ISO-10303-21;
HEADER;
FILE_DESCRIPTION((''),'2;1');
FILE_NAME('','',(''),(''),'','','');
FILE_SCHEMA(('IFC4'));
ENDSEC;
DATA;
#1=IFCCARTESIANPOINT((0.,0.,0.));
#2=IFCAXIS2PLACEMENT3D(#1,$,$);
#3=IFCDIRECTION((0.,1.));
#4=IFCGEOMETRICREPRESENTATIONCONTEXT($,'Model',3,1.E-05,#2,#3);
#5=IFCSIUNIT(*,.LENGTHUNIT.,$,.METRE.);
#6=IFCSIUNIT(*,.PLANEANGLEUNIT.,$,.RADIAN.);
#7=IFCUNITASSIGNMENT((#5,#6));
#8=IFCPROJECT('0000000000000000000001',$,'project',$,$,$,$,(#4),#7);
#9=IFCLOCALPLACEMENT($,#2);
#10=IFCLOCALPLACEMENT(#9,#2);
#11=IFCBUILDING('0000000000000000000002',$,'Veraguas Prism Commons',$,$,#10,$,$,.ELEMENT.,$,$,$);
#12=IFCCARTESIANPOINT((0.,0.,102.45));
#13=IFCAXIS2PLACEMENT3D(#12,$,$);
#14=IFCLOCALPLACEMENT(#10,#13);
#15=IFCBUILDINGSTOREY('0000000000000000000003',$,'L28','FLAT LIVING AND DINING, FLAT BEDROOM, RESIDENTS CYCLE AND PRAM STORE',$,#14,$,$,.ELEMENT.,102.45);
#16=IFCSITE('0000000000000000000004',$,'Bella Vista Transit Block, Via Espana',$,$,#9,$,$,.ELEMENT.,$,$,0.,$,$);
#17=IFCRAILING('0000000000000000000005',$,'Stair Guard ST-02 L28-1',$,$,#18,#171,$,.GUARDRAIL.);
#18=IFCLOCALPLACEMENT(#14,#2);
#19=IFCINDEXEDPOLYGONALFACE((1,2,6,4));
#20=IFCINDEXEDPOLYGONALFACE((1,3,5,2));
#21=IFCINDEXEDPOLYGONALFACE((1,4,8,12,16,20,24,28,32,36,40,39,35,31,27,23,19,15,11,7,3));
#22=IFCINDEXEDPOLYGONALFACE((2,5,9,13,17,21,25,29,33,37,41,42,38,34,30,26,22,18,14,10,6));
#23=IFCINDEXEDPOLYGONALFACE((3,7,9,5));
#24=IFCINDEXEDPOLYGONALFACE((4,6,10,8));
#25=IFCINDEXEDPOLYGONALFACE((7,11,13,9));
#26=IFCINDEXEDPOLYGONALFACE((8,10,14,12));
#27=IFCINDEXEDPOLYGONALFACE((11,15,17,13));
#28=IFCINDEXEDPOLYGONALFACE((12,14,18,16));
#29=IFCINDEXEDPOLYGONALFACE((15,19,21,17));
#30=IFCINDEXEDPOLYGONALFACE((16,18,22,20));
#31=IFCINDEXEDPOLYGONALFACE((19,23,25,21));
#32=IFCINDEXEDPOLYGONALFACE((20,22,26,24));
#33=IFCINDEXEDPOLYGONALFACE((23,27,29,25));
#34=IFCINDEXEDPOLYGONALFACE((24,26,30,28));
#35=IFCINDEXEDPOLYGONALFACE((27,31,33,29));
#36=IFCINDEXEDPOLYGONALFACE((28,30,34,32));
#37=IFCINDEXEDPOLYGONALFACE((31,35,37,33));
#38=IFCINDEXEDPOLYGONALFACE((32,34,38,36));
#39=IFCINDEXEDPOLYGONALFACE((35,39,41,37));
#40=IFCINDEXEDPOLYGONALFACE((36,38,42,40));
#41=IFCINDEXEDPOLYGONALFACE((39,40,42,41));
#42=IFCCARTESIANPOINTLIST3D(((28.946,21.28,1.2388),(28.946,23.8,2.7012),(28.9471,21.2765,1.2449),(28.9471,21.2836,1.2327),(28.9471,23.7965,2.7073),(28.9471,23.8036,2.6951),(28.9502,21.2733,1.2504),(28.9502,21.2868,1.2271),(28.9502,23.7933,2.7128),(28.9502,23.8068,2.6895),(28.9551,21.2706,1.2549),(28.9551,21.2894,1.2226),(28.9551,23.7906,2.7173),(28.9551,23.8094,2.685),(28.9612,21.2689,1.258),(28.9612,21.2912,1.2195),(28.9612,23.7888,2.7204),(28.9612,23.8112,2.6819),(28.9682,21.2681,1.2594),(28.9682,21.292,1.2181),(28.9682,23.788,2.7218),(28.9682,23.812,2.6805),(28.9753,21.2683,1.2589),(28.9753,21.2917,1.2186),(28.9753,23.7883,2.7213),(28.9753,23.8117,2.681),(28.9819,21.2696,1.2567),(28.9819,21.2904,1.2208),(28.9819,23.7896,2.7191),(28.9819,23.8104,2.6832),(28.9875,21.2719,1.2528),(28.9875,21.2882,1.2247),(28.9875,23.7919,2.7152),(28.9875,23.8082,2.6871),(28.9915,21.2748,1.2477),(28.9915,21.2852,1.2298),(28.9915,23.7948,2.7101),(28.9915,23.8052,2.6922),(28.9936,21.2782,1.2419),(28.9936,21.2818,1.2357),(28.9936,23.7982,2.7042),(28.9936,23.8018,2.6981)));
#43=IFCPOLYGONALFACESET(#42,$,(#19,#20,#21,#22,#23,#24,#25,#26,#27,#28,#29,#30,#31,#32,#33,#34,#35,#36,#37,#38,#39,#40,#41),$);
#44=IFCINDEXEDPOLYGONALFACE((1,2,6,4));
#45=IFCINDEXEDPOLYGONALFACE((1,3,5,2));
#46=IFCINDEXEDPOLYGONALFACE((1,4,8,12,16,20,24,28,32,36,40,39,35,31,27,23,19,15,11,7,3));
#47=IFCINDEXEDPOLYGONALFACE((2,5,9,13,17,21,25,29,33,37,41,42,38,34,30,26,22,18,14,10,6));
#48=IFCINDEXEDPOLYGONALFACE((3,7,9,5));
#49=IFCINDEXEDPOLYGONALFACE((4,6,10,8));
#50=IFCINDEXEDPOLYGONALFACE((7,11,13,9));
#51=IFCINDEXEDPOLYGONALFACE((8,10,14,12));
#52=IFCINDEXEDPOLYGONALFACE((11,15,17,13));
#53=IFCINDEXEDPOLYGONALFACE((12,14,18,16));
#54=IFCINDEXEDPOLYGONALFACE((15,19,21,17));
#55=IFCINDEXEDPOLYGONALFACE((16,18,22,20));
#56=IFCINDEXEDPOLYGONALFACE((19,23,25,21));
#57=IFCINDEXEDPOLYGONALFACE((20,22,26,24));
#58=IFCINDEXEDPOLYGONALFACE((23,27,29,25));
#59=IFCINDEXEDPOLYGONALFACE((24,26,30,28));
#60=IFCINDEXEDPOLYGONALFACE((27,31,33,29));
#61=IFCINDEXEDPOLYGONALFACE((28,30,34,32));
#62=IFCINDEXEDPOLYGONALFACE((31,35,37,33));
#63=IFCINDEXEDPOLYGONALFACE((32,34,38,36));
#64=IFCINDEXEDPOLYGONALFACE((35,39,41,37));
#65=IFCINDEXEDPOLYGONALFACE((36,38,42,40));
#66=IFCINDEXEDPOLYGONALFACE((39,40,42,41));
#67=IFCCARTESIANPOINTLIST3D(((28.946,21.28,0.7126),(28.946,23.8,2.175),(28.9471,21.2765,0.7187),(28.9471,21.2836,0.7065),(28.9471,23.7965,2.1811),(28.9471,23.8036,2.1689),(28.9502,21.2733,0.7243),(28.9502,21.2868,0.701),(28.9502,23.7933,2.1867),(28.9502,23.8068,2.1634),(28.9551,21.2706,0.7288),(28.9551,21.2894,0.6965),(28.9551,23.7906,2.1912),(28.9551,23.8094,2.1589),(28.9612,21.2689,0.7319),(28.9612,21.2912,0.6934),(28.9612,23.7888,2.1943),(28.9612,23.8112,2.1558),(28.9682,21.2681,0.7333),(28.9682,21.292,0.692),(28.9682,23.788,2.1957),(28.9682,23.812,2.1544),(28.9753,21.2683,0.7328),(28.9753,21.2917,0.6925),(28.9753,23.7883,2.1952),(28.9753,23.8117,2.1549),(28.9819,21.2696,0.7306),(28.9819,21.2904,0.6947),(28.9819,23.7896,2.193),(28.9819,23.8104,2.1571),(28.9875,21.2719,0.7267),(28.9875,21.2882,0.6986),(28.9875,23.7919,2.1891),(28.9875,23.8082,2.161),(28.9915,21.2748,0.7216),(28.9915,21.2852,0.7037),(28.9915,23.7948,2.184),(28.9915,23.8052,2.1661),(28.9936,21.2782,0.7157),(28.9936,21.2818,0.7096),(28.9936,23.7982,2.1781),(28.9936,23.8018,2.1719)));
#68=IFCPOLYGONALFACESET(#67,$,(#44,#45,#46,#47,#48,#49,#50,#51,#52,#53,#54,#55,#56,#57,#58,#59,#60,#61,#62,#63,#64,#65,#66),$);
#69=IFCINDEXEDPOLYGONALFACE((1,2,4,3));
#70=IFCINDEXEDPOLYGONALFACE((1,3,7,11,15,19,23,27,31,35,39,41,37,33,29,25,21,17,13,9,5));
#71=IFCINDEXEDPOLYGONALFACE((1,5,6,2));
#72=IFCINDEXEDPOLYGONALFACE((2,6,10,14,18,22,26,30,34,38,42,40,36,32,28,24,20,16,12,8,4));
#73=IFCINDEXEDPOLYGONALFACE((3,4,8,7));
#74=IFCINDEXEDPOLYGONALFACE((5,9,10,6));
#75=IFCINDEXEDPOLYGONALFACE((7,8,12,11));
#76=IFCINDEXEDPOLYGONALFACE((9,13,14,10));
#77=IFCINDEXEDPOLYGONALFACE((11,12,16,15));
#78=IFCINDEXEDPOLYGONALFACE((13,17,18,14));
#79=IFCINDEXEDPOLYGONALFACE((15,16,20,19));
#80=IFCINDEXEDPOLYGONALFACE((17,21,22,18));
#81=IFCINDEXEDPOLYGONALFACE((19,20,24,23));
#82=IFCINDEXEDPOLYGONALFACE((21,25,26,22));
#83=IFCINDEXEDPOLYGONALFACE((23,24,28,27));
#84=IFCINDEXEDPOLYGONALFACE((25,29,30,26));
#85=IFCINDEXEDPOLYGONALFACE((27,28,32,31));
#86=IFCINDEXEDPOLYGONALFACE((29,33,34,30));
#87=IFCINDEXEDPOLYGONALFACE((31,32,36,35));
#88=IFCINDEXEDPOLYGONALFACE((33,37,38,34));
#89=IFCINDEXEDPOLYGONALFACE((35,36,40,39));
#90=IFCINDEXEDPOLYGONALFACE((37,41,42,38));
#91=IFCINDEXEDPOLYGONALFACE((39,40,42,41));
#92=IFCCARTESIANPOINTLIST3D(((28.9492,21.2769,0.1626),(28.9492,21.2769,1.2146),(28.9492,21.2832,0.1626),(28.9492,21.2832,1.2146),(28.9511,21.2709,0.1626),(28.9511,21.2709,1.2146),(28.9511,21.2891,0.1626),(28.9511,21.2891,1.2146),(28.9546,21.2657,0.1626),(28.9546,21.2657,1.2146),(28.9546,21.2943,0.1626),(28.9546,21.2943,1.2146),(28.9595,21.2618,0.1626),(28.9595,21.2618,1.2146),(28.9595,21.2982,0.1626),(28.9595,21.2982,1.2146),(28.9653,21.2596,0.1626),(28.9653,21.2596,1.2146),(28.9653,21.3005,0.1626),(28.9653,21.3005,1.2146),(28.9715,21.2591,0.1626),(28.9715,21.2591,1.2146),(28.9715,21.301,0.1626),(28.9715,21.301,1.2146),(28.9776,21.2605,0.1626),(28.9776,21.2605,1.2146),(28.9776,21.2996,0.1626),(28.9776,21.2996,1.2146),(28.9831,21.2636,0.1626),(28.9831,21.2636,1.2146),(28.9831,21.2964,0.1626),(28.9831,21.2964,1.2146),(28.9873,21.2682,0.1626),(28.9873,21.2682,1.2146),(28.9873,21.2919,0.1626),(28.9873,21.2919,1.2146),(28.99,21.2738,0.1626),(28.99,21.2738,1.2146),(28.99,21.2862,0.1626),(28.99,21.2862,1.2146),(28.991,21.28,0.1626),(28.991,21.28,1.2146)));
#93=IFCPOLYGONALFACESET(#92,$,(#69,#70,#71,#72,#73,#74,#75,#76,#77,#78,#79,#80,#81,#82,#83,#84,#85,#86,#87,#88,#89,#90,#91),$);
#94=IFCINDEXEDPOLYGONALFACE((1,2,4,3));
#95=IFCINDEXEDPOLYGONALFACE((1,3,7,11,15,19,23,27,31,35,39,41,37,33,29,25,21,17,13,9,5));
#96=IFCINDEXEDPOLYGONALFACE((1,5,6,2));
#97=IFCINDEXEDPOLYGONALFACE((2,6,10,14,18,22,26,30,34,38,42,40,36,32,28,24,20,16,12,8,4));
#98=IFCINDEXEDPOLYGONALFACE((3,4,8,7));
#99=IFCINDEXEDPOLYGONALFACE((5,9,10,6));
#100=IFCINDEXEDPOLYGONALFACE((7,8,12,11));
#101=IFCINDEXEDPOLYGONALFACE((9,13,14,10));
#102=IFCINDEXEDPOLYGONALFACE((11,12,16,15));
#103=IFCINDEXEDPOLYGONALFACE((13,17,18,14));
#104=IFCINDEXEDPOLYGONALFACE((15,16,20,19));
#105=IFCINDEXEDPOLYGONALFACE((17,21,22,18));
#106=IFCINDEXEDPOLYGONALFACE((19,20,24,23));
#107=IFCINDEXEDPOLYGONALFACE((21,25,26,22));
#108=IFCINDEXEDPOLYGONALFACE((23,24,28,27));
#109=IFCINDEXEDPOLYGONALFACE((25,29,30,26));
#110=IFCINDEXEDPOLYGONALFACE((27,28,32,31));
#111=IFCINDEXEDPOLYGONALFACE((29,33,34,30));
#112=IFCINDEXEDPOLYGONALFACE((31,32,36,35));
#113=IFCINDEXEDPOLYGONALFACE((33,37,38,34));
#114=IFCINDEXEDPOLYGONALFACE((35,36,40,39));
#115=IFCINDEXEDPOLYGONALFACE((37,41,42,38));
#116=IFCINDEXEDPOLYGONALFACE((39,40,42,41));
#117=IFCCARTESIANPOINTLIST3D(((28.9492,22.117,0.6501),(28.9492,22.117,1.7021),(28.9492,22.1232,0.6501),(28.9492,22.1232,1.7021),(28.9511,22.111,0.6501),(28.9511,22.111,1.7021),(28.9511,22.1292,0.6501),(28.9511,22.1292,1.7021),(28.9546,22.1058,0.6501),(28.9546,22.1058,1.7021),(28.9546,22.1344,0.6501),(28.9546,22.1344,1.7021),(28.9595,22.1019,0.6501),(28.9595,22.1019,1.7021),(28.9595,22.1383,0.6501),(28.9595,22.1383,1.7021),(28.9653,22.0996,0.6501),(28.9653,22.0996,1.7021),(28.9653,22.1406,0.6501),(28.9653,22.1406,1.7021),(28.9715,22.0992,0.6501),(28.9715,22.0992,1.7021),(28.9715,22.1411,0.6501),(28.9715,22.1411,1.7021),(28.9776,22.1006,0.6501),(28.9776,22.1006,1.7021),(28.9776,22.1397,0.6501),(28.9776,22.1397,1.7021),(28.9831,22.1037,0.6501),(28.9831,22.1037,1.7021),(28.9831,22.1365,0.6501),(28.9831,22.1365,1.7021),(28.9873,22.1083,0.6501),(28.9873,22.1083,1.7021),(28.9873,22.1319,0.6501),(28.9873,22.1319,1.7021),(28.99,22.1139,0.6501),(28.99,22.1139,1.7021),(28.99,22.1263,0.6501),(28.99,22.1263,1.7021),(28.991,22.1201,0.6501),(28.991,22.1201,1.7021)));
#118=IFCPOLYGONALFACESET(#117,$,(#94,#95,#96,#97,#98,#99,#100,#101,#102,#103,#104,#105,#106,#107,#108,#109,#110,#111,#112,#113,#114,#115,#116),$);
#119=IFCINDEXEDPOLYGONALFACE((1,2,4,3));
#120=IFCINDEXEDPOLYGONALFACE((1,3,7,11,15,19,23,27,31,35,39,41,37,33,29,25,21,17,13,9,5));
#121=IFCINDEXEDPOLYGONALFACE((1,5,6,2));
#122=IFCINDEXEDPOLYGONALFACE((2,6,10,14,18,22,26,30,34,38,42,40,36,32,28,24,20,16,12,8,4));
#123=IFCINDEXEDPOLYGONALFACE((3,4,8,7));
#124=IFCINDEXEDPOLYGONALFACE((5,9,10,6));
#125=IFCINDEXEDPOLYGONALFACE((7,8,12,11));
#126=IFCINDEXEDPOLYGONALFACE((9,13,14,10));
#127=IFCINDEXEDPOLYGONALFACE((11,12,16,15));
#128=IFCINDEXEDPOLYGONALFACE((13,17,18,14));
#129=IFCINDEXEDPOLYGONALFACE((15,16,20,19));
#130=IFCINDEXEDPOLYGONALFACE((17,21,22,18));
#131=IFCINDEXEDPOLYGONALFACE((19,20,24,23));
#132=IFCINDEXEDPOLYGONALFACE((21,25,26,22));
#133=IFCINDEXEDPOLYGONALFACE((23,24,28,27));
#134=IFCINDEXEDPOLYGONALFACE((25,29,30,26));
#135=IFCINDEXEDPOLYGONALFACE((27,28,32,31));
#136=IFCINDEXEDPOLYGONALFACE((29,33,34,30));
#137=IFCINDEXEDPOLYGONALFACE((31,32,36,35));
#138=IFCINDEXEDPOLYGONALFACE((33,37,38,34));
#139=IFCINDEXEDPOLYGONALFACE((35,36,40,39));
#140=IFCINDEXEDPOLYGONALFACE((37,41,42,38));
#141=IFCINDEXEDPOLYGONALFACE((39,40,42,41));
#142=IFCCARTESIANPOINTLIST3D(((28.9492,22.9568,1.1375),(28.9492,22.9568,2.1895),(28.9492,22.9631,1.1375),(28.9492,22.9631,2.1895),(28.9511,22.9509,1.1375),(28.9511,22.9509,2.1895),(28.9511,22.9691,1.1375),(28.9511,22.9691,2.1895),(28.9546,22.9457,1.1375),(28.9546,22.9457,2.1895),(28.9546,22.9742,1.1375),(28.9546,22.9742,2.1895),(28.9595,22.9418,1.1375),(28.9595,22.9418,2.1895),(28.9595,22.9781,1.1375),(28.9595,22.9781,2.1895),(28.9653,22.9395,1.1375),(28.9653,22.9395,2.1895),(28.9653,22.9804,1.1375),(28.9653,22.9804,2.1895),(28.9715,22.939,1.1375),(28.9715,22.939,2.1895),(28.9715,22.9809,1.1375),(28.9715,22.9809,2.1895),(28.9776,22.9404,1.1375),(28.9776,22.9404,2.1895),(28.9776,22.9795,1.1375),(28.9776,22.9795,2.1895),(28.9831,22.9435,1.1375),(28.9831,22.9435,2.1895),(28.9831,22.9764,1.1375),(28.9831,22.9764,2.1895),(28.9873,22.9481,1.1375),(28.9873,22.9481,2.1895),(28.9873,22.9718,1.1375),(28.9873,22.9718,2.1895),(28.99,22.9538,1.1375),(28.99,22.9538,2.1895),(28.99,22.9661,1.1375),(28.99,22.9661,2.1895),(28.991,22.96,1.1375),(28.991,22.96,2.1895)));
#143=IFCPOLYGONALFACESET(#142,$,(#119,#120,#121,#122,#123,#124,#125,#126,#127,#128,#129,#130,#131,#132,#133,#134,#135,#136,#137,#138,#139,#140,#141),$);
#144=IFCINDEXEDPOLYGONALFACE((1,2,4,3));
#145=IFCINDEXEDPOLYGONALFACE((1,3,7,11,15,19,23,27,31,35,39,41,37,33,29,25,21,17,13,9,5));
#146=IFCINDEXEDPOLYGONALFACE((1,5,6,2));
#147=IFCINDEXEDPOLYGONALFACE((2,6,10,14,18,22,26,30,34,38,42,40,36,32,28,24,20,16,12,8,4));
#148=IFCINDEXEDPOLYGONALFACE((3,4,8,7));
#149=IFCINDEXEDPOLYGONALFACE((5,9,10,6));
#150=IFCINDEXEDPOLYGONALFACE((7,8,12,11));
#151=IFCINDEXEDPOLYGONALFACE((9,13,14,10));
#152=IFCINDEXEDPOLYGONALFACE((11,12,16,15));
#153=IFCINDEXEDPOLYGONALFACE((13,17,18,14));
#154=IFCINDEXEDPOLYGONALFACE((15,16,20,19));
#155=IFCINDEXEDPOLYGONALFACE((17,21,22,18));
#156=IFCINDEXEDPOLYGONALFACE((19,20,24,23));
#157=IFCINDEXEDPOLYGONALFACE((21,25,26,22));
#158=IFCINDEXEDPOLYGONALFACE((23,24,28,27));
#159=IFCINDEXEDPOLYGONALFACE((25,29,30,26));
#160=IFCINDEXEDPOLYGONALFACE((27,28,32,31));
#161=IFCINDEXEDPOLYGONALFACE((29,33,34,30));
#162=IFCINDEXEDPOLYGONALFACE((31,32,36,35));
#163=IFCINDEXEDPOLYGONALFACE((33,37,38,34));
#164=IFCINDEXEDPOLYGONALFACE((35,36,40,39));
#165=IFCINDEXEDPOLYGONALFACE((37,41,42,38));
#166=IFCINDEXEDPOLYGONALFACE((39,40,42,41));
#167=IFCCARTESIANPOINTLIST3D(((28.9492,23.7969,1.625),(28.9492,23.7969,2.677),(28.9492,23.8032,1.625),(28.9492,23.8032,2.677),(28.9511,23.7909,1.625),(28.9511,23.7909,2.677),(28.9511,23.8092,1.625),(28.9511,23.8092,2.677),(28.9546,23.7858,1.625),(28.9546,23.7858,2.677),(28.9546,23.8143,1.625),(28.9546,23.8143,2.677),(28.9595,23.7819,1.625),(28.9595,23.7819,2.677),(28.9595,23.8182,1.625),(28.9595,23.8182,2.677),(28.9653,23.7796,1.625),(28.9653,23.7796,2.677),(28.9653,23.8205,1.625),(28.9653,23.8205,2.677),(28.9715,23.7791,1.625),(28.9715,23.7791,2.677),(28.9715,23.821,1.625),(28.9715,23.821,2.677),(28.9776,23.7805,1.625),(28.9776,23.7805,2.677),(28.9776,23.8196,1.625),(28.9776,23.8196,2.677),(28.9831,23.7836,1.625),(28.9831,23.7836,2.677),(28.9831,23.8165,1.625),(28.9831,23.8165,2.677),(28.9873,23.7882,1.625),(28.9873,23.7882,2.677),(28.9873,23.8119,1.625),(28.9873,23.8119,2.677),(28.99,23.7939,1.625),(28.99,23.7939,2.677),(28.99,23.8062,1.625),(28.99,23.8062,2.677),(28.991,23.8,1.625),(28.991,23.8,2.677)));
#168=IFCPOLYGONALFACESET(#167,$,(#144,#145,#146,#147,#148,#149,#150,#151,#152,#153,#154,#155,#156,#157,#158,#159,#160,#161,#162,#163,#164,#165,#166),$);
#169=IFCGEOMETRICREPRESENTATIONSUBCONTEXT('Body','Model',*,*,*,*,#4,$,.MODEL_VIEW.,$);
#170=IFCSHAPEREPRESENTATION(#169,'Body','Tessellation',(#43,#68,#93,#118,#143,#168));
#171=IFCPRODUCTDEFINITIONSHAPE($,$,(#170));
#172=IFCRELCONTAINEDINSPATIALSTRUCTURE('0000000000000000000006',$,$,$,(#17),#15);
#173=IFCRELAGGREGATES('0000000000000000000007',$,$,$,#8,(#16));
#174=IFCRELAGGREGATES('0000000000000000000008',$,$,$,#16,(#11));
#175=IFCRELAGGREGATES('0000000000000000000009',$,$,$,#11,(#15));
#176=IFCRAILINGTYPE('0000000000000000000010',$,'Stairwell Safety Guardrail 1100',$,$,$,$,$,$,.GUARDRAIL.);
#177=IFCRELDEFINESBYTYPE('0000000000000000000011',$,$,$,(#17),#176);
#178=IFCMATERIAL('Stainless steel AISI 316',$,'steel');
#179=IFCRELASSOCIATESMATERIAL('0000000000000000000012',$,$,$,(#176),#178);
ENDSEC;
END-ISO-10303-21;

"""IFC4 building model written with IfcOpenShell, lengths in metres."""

from ifc_helpers import new_model, si_unit, direction, frame, origin, origin_2d, place, context, subcontext, project, spatial, circle, extrude, material, type_object, element, save


model = new_model("IFC4")

# Units and contexts
model_context = context("Model", 3, precision=1e-05, world=origin(), true_north=direction((0.0, 1.0)))
body_context = subcontext(model_context, "Body", "Model", "MODEL_VIEW")
ifc_project = project(units=[si_unit("LENGTHUNIT", "METRE"), si_unit("PLANEANGLEUNIT", "RADIAN")], contexts=[model_context])

# Site, building, storey
site_placement = place(None, origin())
site = spatial("IfcSite", under=ifc_project, at=site_placement, Name="Bella Vista Transit Block, Via Espana", CompositionType="ELEMENT", RefElevation=0.0)
building_placement = place(site_placement, origin())
building = spatial("IfcBuilding", under=site, at=building_placement, Name="Veraguas Prism Commons", CompositionType="ELEMENT")
storey_placement = place(building_placement, frame((0.0, 0.0, 102.45)))
storey = spatial("IfcBuildingStorey", under=building, at=storey_placement, Name="L28", Description="FLAT LIVING AND DINING, FLAT BEDROOM, RESIDENTS CYCLE AND PRAM STORE", CompositionType="ELEMENT", Elevation=102.45)

# Shared definitions
ifc_material_1 = material(Name="Stainless steel AISI 316", Category="steel")

# Railing
railing_type_1 = type_object("IfcRailingType", Name="Stairwell Safety Guardrail 1100", PredefinedType="GUARDRAIL", material=ifc_material_1)
railing_1_placement = place(storey_placement, frame((28.97, 21.28, 0.1626)))
element("IfcRailing", 1, at=railing_1_placement, inside=storey, type_object=railing_type_1, Name="Stair Guard ST-02 L28-1", PredefinedType="GUARDRAIL", context=body_context, shape_type="SweptSolid", body=[
    extrude(circle(Radius=0.0239, at=origin_2d()), frame((0.0, 0.0, 1.0762), z_axis=(0.0, 0.864913, 0.501921), x_axis=(-1.0, 0.0, 0.0)), (0.0, 0.0, 1.0), 2.9136),
    extrude(circle(Radius=0.0239, at=origin_2d()), frame((0.0, 0.0, 0.55), z_axis=(0.0, 0.864913, 0.501921), x_axis=(-1.0, 0.0, 0.0)), (0.0, 0.0, 1.0), 2.9136),
    extrude(circle(Radius=0.021, at=origin_2d()), origin(), (0.0, 0.0, 1.0), 1.052),
    extrude(circle(Radius=0.021, at=origin_2d()), frame((0.0, 0.8401, 0.4875)), (0.0, 0.0, 1.0), 1.052),
    extrude(circle(Radius=0.021, at=origin_2d()), frame((0.0, 1.6799, 0.9749)), (0.0, 0.0, 1.0), 1.052),
    extrude(circle(Radius=0.021, at=origin_2d()), frame((0.0, 2.52, 1.4624)), (0.0, 0.0, 1.0), 1.052),
])

save(model, "model.ifc")
